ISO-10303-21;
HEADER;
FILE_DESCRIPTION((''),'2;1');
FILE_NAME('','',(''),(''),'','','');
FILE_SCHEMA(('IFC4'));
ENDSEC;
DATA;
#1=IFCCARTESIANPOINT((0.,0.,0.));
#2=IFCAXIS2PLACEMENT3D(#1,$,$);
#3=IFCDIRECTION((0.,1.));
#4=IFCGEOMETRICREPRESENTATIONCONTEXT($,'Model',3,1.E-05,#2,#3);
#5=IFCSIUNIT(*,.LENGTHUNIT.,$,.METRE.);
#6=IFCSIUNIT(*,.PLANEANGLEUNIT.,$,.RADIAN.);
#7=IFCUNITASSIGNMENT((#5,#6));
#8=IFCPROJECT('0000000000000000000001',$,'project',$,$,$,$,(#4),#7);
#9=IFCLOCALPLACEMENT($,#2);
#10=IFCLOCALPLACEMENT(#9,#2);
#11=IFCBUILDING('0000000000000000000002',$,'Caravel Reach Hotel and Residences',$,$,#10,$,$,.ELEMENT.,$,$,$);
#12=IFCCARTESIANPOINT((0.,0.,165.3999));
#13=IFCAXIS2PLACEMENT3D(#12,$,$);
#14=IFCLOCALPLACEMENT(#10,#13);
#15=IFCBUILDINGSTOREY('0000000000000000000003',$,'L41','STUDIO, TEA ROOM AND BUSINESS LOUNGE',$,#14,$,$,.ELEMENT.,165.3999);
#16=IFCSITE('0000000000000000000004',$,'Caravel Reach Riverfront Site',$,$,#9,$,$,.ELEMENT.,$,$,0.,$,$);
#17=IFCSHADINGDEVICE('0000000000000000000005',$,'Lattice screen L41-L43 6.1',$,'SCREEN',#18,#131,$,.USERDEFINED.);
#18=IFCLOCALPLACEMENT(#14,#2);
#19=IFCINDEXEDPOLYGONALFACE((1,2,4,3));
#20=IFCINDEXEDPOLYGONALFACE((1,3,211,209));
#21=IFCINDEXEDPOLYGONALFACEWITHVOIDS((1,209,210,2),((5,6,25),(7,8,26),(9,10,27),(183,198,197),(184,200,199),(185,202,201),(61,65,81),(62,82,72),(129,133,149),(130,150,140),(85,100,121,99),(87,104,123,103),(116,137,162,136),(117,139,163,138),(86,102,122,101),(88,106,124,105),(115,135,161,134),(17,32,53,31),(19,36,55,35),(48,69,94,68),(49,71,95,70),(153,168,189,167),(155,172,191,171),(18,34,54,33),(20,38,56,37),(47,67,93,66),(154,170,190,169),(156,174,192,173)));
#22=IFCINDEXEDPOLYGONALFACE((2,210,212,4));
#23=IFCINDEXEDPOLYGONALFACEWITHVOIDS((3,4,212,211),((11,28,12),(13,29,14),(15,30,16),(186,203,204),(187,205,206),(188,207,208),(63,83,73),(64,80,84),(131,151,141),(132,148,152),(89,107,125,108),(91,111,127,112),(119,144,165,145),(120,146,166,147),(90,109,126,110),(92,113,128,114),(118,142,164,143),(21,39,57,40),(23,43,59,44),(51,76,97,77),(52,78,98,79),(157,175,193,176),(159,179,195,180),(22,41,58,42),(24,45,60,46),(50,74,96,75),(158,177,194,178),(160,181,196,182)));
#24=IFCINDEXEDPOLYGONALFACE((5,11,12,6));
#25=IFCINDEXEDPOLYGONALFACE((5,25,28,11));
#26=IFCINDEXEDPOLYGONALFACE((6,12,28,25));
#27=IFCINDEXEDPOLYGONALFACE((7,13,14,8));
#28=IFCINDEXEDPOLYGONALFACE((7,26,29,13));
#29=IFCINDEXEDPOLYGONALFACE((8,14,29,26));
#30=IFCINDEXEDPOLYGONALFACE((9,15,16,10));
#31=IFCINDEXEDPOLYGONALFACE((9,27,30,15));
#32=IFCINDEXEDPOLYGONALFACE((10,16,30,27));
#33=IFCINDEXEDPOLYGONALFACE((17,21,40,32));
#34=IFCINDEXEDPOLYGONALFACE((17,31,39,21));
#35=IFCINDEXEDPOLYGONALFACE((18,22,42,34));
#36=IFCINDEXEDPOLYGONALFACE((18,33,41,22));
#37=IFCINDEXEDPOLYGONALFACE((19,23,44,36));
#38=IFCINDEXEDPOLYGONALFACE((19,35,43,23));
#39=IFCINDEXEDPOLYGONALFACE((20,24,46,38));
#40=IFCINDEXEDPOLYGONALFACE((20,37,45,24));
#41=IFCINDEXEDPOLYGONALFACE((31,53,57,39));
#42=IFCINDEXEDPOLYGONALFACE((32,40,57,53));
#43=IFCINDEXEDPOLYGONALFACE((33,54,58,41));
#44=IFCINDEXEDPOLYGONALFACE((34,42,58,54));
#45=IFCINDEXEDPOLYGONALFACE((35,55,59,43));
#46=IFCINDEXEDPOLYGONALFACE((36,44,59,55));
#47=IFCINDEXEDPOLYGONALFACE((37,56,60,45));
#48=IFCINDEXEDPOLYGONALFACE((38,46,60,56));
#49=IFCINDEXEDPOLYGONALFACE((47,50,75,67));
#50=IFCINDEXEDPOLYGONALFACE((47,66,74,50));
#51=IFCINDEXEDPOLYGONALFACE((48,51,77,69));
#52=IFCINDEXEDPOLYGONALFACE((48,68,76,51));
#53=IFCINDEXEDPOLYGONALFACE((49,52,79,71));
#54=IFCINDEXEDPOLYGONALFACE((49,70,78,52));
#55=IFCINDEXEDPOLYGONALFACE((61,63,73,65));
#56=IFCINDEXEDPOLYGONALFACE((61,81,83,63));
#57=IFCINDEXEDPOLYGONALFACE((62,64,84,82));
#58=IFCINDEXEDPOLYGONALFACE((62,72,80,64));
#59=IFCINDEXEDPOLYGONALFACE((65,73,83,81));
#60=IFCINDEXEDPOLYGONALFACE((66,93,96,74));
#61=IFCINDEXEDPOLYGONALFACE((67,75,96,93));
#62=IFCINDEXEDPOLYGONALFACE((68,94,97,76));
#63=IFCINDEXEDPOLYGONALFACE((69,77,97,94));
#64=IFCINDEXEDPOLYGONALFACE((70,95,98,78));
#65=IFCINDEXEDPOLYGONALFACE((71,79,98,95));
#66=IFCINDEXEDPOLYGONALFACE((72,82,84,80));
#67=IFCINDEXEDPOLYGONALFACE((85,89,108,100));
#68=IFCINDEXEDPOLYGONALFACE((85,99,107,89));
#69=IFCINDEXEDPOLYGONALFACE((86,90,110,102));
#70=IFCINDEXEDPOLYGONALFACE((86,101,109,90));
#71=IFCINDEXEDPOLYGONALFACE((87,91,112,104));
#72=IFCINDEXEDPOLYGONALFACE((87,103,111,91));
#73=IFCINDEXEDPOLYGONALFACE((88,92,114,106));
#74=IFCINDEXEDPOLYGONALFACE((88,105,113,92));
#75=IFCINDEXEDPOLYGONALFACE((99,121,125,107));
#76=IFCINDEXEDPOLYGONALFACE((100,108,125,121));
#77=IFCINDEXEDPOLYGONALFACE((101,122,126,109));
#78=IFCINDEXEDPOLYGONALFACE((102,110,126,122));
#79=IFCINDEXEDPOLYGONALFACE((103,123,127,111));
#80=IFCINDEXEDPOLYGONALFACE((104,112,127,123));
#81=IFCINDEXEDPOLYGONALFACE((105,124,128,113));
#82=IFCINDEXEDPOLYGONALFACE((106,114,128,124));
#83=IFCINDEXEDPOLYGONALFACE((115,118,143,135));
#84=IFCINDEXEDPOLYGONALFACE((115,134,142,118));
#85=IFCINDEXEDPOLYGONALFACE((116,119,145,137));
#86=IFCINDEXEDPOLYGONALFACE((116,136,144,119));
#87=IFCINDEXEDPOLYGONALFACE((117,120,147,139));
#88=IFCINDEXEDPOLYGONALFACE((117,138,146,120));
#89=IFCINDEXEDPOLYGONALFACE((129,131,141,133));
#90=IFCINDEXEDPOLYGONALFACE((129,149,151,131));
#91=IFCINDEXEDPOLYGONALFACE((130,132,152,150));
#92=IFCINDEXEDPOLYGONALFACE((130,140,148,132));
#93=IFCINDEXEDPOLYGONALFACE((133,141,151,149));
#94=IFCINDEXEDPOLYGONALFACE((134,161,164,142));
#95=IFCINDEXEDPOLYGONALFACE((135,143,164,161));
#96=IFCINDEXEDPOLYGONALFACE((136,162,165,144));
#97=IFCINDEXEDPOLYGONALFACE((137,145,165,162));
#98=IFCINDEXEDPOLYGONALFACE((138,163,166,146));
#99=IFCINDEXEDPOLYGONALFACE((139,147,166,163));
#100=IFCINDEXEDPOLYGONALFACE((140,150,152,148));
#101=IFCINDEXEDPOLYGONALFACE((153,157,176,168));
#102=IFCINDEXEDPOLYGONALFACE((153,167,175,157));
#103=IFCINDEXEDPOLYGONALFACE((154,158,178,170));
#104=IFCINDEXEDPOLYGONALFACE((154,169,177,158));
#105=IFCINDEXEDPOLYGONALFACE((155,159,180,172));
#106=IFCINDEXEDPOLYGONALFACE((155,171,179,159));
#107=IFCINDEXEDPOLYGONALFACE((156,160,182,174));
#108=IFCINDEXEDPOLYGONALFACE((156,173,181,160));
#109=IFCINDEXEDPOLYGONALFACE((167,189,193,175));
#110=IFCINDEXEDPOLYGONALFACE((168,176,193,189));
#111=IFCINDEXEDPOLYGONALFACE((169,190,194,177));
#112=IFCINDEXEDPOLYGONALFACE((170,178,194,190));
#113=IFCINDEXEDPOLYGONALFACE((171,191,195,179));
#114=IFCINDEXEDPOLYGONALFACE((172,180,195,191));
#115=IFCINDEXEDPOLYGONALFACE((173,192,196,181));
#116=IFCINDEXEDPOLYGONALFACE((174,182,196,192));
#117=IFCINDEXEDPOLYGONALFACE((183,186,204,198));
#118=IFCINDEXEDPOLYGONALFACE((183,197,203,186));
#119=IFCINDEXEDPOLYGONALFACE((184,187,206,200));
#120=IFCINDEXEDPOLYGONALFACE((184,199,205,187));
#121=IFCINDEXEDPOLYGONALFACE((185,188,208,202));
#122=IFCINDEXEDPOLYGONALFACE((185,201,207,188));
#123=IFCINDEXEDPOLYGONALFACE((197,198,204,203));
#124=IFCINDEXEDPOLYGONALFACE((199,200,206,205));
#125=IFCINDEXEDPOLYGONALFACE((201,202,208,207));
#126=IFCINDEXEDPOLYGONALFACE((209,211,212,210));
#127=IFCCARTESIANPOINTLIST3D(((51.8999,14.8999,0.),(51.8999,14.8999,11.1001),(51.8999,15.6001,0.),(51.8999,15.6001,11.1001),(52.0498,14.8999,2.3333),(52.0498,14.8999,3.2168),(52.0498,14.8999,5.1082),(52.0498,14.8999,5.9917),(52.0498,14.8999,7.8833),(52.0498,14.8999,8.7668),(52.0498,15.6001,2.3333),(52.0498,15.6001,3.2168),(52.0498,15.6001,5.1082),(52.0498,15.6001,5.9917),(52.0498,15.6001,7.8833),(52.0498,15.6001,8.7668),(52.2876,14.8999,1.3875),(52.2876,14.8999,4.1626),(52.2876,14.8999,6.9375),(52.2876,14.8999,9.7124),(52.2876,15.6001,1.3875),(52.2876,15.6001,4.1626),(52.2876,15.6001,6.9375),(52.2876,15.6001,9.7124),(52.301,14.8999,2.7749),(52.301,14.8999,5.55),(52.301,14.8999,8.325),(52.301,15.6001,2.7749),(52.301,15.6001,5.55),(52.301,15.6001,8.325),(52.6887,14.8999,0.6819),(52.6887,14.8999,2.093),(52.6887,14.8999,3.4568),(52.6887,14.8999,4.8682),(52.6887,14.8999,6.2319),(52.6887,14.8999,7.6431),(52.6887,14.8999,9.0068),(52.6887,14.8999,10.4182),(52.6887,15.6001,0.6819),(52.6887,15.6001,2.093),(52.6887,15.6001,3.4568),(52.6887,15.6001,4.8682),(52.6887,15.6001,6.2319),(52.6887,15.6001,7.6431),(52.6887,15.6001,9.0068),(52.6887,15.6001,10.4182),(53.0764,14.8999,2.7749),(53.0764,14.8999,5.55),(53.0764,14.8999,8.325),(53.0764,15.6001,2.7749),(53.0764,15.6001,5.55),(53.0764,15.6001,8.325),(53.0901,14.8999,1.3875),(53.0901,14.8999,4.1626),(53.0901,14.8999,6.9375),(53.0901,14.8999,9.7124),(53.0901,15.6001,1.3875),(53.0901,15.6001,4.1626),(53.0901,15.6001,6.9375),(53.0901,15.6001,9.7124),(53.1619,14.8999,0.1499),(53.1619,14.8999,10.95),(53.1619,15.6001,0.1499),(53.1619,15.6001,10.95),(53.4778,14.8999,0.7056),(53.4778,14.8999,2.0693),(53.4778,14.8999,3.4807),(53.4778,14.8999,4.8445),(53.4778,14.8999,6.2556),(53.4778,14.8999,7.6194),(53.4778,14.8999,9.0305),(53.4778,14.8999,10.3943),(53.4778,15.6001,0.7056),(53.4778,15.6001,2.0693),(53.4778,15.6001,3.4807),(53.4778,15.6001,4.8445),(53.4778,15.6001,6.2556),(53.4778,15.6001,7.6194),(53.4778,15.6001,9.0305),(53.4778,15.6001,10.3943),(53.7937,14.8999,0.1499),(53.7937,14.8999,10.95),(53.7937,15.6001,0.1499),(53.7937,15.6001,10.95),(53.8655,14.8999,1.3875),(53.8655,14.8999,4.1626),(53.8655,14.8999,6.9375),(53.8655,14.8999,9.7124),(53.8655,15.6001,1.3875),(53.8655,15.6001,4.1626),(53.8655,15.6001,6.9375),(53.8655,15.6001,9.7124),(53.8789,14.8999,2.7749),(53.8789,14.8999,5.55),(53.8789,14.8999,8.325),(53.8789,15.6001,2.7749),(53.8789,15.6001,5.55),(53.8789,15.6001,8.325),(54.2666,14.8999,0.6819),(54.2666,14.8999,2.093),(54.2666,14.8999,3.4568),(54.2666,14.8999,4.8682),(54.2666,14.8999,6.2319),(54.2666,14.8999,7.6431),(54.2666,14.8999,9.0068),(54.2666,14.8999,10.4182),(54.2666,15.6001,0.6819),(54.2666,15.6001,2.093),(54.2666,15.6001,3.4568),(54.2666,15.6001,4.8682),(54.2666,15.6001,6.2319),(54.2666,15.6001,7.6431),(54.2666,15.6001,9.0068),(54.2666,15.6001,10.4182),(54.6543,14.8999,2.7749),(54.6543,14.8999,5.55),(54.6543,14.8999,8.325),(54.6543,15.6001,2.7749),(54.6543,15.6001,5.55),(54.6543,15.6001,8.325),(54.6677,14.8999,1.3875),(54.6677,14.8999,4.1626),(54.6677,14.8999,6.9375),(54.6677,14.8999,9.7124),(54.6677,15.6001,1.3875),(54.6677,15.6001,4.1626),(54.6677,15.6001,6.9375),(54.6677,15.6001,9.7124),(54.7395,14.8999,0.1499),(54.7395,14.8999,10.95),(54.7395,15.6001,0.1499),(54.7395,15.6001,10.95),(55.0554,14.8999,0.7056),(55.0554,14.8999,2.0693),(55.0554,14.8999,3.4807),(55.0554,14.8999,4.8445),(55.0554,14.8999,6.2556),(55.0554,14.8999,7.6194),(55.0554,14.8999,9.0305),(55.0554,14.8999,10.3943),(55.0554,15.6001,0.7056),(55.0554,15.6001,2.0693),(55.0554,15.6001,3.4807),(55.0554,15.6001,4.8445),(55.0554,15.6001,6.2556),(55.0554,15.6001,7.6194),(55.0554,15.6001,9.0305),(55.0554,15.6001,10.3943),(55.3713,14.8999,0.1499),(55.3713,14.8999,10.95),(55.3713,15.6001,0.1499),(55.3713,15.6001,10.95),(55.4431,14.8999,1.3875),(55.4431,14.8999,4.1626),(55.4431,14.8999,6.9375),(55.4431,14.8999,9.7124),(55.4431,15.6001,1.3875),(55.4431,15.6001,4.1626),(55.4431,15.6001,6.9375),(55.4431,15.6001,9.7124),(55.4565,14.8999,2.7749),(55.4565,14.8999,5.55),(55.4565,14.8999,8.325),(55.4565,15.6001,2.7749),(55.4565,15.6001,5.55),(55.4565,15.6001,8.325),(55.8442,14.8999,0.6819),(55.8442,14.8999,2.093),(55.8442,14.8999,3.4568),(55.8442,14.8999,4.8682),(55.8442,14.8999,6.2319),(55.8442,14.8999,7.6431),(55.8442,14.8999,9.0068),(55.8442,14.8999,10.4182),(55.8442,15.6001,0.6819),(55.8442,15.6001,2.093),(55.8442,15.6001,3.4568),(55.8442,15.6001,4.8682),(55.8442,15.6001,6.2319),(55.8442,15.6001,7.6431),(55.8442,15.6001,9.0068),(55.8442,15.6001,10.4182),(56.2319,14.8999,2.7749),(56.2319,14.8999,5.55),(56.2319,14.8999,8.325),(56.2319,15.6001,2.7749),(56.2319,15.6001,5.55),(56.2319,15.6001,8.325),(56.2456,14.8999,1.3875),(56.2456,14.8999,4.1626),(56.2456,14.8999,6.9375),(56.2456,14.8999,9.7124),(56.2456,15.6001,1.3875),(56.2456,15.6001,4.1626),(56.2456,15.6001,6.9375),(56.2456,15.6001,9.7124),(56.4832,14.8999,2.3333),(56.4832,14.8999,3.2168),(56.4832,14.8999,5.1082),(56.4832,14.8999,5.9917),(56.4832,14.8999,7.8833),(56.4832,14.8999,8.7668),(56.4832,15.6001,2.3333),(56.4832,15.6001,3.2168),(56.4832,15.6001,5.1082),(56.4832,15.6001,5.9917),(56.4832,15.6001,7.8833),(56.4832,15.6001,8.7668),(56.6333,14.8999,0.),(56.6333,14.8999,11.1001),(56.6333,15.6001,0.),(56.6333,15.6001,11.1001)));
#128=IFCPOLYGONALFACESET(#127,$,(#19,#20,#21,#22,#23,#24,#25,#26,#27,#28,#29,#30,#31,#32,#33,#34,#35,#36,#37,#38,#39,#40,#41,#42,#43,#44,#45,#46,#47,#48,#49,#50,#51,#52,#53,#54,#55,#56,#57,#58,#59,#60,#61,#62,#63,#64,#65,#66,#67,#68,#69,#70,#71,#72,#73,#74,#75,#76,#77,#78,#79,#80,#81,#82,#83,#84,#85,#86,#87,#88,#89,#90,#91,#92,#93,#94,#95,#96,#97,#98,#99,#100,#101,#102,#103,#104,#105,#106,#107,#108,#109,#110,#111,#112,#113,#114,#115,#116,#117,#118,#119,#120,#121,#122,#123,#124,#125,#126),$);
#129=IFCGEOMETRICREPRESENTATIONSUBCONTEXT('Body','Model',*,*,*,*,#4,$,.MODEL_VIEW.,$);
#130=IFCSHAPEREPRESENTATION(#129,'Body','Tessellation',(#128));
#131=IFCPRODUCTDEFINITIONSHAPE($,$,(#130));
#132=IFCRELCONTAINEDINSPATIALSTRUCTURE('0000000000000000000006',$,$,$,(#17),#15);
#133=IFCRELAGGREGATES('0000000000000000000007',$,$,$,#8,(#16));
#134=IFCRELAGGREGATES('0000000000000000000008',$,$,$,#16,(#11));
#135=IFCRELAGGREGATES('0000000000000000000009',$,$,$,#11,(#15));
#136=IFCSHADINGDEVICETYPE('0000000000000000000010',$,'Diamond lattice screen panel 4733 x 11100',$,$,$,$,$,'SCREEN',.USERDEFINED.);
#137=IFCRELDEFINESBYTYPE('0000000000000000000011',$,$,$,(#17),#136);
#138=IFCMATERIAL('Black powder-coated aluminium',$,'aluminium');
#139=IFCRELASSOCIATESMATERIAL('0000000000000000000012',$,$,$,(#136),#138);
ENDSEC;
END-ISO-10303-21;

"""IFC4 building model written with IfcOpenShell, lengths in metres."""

from ifc_helpers import new_model, si_unit, direction, frame, origin, place, context, subcontext, project, spatial, polyline, outline, extrude, material, type_object, element, save


model = new_model("IFC4")

# Units and contexts
model_context = context("Model", 3, precision=1e-05, world=origin(), true_north=direction((0.0, 1.0)))
body_context = subcontext(model_context, "Body", "Model", "MODEL_VIEW")
ifc_project = project(units=[si_unit("LENGTHUNIT", "METRE"), si_unit("PLANEANGLEUNIT", "RADIAN")], contexts=[model_context])

# Site, building, storey
site_placement = place(None, origin())
site = spatial("IfcSite", under=ifc_project, at=site_placement, Name="Caravel Reach Riverfront Site", CompositionType="ELEMENT", RefElevation=0.0)
building_placement = place(site_placement, origin())
building = spatial("IfcBuilding", under=site, at=building_placement, Name="Caravel Reach Hotel and Residences", CompositionType="ELEMENT")
storey_placement = place(building_placement, frame((0.0, 0.0, 165.3999)))
storey = spatial("IfcBuildingStorey", under=building, at=storey_placement, Name="L41", Description="STUDIO, TEA ROOM AND BUSINESS LOUNGE", CompositionType="ELEMENT", Elevation=165.3999)

# Shading device
ifc_material_1 = material(Name="Black powder-coated aluminium", Category="aluminium")
shading_device_type_1 = type_object("IfcShadingDeviceType", Name="Diamond lattice screen panel 4733 x 11100", ElementType="SCREEN", PredefinedType="USERDEFINED", material=ifc_material_1)
shading_device_1_placement = place(storey_placement, frame((51.8999, 15.6001, 0.0), z_axis=(0.0, -1.0, 0.0), x_axis=(1.0, 0.0, 0.0)))
element("IfcShadingDevice", 1, at=shading_device_1_placement, inside=storey, type_object=shading_device_type_1, Name="Lattice screen L41-L43 6.1", ObjectType="SCREEN", PredefinedType="USERDEFINED", context=body_context, shape_type="SweptSolid", body=[
    extrude(outline(polyline([(0.0, 0.0), (4.7334, 0.0), (4.7334, 11.1001), (0.0, 11.1001), (0.0, 0.0)]), holes=[polyline([(0.4011, 2.7749), (0.1499, 3.2168), (0.1499, 2.3333), (0.4011, 2.7749)]), polyline([(0.4011, 5.55), (0.1499, 5.9917), (0.1499, 5.1082), (0.4011, 5.55)]), polyline([(0.4011, 8.325), (0.1499, 8.7668), (0.1499, 7.8833), (0.4011, 8.325)]), polyline([(0.7888, 2.093), (0.3877, 1.3875), (0.7888, 0.6819), (1.1902, 1.3875), (0.7888, 2.093)]), polyline([(0.7888, 4.8682), (0.3877, 4.1626), (0.7888, 3.4568), (1.1902, 4.1626), (0.7888, 4.8682)]), polyline([(0.7888, 7.6431), (0.3877, 6.9375), (0.7888, 6.2319), (1.1902, 6.9375), (0.7888, 7.6431)]), polyline([(0.7888, 10.4182), (0.3877, 9.7124), (0.7888, 9.0068), (1.1902, 9.7124), (0.7888, 10.4182)]), polyline([(1.5779, 0.7056), (1.262, 0.1499), (1.8938, 0.1499), (1.5779, 0.7056)]), polyline([(1.5779, 3.4807), (1.1765, 2.7749), (1.5779, 2.0693), (1.979, 2.7749), (1.5779, 3.4807)]), polyline([(1.5779, 6.2556), (1.1765, 5.55), (1.5779, 4.8445), (1.979, 5.55), (1.5779, 6.2556)]), polyline([(1.5779, 9.0305), (1.1765, 8.325), (1.5779, 7.6194), (1.979, 8.325), (1.5779, 9.0305)]), polyline([(1.5779, 10.3943), (1.8938, 10.95), (1.262, 10.95), (1.5779, 10.3943)]), polyline([(2.3667, 2.093), (1.9656, 1.3875), (2.3667, 0.6819), (2.7678, 1.3875), (2.3667, 2.093)]), polyline([(2.3667, 4.8682), (1.9656, 4.1626), (2.3667, 3.4568), (2.7678, 4.1626), (2.3667, 4.8682)]), polyline([(2.3667, 7.6431), (1.9656, 6.9375), (2.3667, 6.2319), (2.7678, 6.9375), (2.3667, 7.6431)]), polyline([(2.3667, 10.4182), (1.9656, 9.7124), (2.3667, 9.0068), (2.7678, 9.7124), (2.3667, 10.4182)]), polyline([(3.1555, 0.7056), (2.8396, 0.1499), (3.4714, 0.1499), (3.1555, 0.7056)]), polyline([(3.1555, 3.4807), (2.7544, 2.7749), (3.1555, 2.0693), (3.5566, 2.7749), (3.1555, 3.4807)]), polyline([(3.1555, 6.2556), (2.7544, 5.55), (3.1555, 4.8445), (3.5566, 5.55), (3.1555, 6.2556)]), polyline([(3.1555, 9.0305), (2.7544, 8.325), (3.1555, 7.6194), (3.5566, 8.325), (3.1555, 9.0305)]), polyline([(3.1555, 10.3943), (3.4714, 10.95), (2.8396, 10.95), (3.1555, 10.3943)]), polyline([(3.9443, 2.093), (3.5432, 1.3875), (3.9443, 0.6819), (4.3457, 1.3875), (3.9443, 2.093)]), polyline([(3.9443, 4.8682), (3.5432, 4.1626), (3.9443, 3.4568), (4.3457, 4.1626), (3.9443, 4.8682)]), polyline([(3.9443, 7.6431), (3.5432, 6.9375), (3.9443, 6.2319), (4.3457, 6.9375), (3.9443, 7.6431)]), polyline([(3.9443, 10.4182), (3.5432, 9.7124), (3.9443, 9.0068), (4.3457, 9.7124), (3.9443, 10.4182)]), polyline([(4.332, 2.7749), (4.5833, 2.3333), (4.5833, 3.2168), (4.332, 2.7749)]), polyline([(4.332, 5.55), (4.5833, 5.1082), (4.5833, 5.9917), (4.332, 5.55)]), polyline([(4.332, 8.325), (4.5833, 7.8833), (4.5833, 8.7668), (4.332, 8.325)])]), origin(), (0.0, 0.0, 1.0), 0.7002),
])

save(model, "model.ifc")
